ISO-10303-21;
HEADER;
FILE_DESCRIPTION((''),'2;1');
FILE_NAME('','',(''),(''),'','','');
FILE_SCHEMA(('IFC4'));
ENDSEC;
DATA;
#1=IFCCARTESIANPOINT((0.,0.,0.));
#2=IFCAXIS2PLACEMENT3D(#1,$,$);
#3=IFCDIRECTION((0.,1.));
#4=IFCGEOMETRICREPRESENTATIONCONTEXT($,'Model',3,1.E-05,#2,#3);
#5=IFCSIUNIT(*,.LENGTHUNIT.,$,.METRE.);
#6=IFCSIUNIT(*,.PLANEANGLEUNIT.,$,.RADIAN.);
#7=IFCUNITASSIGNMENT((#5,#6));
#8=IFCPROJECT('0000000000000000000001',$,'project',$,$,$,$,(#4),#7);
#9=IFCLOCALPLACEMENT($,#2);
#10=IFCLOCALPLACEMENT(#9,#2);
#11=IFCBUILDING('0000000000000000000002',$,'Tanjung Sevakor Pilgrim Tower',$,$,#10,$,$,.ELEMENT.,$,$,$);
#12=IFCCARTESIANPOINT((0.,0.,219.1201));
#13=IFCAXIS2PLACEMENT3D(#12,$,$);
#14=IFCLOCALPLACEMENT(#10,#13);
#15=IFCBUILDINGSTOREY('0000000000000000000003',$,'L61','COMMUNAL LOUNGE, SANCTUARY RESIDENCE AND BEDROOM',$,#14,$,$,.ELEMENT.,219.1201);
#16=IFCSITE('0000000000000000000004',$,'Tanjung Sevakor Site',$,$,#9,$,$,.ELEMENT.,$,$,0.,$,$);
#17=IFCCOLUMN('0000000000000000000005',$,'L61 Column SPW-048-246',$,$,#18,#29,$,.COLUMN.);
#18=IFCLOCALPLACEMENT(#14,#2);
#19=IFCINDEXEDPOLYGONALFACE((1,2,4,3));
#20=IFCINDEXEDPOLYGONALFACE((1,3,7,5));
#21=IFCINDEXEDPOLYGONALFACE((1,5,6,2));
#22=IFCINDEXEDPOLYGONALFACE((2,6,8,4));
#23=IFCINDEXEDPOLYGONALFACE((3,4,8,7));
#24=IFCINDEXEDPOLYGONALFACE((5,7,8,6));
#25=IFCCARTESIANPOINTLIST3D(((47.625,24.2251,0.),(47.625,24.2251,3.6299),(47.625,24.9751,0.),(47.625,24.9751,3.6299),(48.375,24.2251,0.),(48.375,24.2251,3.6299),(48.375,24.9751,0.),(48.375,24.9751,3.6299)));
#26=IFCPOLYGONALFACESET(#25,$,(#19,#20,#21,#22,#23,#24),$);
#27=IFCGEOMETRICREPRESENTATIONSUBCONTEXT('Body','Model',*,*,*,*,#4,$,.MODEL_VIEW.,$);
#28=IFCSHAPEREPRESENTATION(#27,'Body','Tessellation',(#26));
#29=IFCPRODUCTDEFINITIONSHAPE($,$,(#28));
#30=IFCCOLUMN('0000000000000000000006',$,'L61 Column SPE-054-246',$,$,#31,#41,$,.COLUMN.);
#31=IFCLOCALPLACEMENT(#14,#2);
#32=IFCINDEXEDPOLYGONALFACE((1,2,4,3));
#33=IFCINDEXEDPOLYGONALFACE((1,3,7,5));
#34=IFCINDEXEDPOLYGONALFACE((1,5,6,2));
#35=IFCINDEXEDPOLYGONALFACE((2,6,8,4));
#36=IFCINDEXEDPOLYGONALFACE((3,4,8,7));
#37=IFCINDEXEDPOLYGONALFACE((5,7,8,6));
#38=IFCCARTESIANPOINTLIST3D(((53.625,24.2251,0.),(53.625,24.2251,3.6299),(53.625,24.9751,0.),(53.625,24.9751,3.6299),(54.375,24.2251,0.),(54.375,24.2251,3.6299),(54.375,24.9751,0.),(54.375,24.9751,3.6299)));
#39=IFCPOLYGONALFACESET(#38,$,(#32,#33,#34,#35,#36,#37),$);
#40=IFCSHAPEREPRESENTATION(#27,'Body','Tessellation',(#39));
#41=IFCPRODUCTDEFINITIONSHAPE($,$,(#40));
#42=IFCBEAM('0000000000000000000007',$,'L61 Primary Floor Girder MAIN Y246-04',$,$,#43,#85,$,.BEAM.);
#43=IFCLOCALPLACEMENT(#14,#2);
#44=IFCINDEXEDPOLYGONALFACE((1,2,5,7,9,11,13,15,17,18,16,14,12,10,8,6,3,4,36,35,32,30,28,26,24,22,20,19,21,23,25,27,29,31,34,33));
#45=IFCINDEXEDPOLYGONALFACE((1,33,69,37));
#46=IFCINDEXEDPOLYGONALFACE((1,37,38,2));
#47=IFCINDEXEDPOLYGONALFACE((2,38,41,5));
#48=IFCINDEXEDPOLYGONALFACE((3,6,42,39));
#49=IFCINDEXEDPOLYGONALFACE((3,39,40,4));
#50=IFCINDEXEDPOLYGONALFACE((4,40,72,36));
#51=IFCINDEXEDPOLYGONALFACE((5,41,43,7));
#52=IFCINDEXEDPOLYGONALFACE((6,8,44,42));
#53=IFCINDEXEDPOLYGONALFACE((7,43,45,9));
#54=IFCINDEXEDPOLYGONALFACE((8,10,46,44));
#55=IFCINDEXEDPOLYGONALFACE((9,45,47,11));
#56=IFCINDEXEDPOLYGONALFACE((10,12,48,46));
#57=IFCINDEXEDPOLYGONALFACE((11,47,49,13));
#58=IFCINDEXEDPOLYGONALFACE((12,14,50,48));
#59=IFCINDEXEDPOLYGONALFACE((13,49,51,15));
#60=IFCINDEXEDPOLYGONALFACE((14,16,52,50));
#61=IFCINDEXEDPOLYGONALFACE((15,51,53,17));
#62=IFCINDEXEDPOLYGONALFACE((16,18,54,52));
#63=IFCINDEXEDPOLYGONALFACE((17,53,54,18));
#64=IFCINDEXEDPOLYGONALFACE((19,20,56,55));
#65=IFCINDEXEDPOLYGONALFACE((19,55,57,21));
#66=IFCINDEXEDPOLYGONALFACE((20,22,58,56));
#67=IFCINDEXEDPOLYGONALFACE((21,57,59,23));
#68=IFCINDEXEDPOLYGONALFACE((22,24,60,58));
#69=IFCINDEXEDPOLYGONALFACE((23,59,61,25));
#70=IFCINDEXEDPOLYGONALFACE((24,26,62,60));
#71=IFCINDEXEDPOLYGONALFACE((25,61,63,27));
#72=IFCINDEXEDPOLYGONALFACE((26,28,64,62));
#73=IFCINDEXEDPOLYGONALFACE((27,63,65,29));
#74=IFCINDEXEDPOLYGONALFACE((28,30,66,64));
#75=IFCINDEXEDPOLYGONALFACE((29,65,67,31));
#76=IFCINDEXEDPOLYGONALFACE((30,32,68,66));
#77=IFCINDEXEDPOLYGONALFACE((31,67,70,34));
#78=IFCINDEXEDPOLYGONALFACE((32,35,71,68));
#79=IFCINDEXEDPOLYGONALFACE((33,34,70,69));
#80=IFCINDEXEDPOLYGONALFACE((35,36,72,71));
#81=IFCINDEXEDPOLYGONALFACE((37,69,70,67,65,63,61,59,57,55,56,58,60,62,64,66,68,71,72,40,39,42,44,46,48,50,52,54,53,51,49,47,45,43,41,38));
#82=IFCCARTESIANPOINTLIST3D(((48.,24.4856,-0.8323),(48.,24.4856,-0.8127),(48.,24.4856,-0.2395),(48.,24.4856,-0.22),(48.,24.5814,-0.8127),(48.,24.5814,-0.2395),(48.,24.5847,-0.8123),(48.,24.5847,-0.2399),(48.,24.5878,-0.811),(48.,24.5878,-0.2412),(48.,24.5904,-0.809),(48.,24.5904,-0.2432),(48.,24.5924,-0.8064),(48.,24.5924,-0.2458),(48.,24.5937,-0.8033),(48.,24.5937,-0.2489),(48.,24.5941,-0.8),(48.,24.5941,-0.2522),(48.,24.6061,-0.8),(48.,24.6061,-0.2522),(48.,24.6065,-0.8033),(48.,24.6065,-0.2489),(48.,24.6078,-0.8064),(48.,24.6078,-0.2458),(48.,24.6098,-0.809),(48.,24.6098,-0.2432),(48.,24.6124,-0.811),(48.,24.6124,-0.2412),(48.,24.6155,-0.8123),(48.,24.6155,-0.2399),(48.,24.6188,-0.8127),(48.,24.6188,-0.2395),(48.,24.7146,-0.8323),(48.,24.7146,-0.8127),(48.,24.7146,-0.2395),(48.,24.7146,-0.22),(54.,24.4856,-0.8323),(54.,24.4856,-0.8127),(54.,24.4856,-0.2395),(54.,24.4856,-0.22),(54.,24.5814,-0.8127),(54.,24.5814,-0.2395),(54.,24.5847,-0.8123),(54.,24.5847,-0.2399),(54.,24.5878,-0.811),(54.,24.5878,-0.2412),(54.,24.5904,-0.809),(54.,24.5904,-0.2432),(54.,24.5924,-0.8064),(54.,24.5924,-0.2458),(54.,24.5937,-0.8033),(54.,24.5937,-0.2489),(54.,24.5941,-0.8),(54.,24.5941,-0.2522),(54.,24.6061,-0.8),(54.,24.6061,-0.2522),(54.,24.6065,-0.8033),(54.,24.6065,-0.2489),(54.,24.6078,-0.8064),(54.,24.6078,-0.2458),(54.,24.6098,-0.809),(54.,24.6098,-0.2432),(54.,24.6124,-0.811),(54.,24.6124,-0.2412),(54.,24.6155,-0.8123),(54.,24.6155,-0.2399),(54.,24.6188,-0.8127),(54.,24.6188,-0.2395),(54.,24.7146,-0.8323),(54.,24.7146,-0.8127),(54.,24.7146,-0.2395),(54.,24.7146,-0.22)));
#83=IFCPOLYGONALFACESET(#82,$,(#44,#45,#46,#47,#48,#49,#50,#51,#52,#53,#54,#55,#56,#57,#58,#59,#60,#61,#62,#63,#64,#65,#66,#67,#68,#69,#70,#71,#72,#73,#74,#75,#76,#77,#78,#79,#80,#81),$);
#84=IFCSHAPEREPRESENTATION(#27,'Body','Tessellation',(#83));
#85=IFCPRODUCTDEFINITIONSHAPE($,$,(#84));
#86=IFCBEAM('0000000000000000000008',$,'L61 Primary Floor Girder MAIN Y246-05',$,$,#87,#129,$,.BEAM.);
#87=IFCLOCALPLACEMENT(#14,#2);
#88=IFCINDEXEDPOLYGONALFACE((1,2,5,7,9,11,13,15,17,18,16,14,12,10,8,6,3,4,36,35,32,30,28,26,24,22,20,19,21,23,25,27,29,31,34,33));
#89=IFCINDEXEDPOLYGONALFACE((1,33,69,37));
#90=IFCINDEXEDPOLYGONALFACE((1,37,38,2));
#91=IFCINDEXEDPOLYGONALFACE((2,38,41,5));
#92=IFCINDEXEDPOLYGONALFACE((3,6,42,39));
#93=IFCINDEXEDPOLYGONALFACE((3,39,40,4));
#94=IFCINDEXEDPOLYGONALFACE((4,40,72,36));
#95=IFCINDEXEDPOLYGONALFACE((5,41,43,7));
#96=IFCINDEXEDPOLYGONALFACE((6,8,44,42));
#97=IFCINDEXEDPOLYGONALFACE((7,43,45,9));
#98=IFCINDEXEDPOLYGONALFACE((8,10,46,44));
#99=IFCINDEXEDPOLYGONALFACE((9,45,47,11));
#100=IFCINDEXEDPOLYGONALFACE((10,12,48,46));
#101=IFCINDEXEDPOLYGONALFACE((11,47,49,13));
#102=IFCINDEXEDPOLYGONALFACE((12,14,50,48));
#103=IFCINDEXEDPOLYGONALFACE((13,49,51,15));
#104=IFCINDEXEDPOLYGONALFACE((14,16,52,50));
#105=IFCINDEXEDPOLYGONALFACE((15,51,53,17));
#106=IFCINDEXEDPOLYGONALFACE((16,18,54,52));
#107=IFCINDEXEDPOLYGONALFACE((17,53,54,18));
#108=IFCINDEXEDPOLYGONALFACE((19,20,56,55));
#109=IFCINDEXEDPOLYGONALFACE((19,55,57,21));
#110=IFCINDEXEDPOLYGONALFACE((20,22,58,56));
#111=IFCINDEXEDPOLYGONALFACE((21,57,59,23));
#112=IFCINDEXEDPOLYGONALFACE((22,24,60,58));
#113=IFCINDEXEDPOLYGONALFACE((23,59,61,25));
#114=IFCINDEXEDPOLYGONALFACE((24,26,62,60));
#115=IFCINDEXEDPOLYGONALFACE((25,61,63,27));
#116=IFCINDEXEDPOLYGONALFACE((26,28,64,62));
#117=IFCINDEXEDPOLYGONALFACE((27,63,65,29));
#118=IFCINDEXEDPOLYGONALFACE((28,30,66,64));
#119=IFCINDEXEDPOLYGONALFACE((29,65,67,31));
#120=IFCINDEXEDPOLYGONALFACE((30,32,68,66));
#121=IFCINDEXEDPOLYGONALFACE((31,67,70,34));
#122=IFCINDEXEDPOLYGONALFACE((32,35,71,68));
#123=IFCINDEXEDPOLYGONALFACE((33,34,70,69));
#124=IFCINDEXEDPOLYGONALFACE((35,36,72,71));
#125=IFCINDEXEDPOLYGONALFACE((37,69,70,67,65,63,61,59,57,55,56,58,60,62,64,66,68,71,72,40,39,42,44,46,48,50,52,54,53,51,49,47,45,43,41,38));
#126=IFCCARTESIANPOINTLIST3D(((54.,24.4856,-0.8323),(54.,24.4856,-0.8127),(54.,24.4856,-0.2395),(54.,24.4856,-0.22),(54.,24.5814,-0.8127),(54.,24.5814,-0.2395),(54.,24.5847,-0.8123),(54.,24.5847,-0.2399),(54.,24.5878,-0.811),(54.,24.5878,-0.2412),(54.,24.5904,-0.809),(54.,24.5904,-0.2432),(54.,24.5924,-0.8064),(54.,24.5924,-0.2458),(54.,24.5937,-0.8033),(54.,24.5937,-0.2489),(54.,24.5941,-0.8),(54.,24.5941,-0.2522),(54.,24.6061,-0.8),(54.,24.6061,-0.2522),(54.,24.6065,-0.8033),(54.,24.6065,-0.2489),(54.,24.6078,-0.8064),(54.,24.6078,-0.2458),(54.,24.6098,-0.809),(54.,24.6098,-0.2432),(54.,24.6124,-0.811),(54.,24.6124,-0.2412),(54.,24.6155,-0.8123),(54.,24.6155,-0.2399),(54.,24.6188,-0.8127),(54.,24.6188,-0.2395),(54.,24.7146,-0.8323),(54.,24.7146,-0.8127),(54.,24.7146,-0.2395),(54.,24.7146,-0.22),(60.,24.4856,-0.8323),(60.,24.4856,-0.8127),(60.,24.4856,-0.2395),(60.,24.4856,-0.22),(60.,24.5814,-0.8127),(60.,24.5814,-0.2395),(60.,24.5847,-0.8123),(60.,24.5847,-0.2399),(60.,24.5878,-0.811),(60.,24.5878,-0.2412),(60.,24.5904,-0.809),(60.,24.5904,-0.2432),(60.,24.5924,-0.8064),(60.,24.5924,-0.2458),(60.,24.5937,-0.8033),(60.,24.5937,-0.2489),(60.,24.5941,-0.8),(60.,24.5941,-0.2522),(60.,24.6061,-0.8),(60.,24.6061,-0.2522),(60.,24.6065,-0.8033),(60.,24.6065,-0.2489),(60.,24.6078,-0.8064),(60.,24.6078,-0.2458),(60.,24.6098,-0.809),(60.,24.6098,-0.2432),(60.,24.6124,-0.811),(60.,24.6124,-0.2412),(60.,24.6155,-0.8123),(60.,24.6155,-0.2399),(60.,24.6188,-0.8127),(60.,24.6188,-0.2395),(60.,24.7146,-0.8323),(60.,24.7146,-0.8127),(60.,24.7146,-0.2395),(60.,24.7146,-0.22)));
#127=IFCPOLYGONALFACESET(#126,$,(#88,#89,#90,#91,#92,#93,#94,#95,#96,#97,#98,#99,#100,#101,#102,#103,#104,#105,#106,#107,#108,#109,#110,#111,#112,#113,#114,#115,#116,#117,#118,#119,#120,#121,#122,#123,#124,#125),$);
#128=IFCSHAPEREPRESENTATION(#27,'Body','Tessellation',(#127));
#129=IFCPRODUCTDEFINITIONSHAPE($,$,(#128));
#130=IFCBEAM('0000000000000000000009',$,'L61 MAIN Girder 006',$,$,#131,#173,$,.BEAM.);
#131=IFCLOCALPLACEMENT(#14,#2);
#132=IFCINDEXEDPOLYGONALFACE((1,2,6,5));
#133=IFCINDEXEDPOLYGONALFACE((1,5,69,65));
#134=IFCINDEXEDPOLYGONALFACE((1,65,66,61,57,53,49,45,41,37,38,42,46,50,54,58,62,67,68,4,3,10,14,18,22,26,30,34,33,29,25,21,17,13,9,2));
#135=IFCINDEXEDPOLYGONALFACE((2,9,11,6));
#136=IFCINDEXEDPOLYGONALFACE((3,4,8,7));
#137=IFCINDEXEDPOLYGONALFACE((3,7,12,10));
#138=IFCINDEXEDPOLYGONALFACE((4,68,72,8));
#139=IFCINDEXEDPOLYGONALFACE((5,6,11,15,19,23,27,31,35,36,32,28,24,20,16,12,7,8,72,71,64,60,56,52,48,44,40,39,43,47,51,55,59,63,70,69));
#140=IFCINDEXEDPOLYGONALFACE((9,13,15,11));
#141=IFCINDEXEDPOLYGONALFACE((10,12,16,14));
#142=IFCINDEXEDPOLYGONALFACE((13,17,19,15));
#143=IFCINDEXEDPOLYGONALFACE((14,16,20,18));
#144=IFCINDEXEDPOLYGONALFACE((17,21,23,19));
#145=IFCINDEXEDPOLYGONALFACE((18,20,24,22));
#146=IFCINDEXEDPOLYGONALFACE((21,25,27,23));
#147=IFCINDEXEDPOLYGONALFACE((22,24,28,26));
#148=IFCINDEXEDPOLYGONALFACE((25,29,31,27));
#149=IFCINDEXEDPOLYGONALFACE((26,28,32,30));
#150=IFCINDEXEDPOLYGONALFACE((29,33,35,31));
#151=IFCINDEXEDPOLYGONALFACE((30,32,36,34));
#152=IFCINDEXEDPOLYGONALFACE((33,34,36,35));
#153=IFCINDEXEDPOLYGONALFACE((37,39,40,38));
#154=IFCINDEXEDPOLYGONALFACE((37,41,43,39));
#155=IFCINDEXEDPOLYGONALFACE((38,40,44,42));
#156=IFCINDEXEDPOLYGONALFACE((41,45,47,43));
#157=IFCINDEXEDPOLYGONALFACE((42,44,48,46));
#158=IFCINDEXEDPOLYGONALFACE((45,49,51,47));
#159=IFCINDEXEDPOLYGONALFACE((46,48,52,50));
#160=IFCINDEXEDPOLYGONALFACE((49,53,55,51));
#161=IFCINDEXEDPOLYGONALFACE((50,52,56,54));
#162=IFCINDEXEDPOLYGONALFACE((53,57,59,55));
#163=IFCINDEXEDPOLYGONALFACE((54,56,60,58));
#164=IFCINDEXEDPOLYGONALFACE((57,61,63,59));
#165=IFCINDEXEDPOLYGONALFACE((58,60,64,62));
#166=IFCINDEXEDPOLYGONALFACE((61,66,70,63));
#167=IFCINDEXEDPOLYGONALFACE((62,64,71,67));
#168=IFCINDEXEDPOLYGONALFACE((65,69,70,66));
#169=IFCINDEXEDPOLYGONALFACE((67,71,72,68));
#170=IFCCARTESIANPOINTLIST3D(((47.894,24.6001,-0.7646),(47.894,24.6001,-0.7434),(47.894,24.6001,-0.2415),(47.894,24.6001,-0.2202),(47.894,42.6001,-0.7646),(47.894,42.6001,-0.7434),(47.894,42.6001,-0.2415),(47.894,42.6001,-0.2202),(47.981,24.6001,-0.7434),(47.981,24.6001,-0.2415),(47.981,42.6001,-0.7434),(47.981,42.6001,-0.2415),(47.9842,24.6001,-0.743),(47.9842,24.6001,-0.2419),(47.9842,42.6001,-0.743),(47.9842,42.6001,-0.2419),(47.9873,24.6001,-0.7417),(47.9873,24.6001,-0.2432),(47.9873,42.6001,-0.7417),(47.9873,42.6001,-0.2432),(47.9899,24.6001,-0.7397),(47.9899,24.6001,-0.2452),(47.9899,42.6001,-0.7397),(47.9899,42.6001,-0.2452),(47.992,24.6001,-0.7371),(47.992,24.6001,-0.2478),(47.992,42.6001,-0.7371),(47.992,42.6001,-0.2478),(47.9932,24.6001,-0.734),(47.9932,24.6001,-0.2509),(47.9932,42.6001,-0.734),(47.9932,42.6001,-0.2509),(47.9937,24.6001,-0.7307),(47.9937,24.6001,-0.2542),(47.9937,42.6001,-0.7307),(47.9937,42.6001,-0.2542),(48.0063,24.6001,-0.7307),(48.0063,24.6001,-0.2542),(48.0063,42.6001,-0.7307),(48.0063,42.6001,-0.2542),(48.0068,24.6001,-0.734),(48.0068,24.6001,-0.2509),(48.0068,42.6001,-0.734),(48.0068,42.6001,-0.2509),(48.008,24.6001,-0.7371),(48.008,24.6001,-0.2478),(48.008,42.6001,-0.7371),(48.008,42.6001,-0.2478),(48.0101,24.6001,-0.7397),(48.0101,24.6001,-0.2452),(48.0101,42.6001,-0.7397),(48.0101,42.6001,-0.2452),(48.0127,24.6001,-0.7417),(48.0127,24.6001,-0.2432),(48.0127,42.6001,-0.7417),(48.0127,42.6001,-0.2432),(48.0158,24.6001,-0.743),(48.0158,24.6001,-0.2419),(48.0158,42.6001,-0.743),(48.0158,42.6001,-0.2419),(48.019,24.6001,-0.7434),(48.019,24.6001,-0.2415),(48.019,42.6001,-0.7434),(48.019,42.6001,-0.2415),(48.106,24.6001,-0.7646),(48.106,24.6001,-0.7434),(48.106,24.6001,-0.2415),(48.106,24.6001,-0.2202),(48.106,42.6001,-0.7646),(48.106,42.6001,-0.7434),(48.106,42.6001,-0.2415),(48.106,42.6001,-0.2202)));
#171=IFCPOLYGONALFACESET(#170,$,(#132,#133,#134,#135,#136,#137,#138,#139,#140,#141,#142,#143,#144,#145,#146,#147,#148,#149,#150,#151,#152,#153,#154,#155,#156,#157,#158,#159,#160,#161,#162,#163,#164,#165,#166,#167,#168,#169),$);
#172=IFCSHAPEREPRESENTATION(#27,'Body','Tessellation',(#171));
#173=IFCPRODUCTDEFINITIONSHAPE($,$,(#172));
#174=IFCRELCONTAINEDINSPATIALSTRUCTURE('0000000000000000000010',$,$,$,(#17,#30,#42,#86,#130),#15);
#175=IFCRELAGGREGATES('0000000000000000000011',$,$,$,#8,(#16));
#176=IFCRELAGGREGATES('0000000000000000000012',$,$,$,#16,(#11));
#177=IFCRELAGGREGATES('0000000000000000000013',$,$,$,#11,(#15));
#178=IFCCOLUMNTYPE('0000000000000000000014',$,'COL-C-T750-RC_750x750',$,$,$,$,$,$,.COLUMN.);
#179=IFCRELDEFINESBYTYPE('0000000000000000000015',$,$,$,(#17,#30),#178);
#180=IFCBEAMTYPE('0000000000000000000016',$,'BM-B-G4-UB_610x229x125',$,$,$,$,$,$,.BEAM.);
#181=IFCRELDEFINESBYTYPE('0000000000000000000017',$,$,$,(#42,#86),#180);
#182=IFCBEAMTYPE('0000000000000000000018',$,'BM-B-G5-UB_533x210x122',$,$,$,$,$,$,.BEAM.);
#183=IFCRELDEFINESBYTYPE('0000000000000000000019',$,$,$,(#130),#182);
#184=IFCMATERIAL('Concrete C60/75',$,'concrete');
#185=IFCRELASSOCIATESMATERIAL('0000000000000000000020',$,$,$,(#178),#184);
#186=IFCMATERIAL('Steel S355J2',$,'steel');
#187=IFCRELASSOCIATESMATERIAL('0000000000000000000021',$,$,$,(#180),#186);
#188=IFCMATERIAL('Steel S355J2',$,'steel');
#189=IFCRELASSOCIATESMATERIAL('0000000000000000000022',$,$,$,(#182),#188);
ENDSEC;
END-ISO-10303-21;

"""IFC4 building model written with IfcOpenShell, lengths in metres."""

from ifc_helpers import new_model, si_unit, direction, frame, origin, origin_2d, place, context, subcontext, project, spatial, rectangle, i_section, extrude, material, material_profile, profile_set, type_object, element, save


model = new_model("IFC4")

# Units and contexts
model_context = context("Model", 3, precision=1e-05, world=origin(), true_north=direction((0.0, 1.0)))
body_context = subcontext(model_context, "Body", "Model", "MODEL_VIEW")
ifc_project = project(units=[si_unit("LENGTHUNIT", "METRE"), si_unit("PLANEANGLEUNIT", "RADIAN")], contexts=[model_context])

# Site, building, storey
site_placement = place(None, origin())
site = spatial("IfcSite", under=ifc_project, at=site_placement, Name="Tanjung Sevakor Site", CompositionType="ELEMENT", RefElevation=0.0)
building_placement = place(site_placement, origin())
building = spatial("IfcBuilding", under=site, at=building_placement, Name="Tanjung Sevakor Pilgrim Tower", CompositionType="ELEMENT")
storey_placement = place(building_placement, frame((0.0, 0.0, 219.1201)))
storey = spatial("IfcBuildingStorey", under=building, at=storey_placement, Name="L61", Description="COMMUNAL LOUNGE, SANCTUARY RESIDENCE AND BEDROOM", CompositionType="ELEMENT", Elevation=219.1201)

# Columns
ifc_material_1 = material(Name="Concrete C60/75", Category="concrete")
ifc_material_profile_1 = material_profile(ifc_material_1, rectangle(XDim=0.75, YDim=0.75, at=origin_2d()))
ifc_profile_set_1 = profile_set([ifc_material_profile_1], Name="Concrete C60/75")
column_type = type_object("IfcColumnType", Name="COL-C-T750-RC_750x750", PredefinedType="COLUMN", material=ifc_profile_set_1)
for number, where, z_axis, x_axis, name in (
    (1, (48.0, 24.6001, 0.0), (0.0, 0.0, 1.0), (1.0, 0.0, 0.0), "L61 Column SPW-048-246"),
    (2, (54.0, 24.6001, 0.0), (0.0, 0.0, 1.0), (1.0, 0.0, 0.0), "L61 Column SPE-054-246"),
):
    element("IfcColumn", number, at=place(storey_placement, frame(where, z_axis=z_axis, x_axis=x_axis)), inside=storey, type_object=column_type, Name=name, PredefinedType="COLUMN", context=body_context, shape_type="SweptSolid", body=[
        extrude(rectangle(XDim=0.75, YDim=0.75, at=origin_2d()), origin(), (0.0, 0.0, 1.0), 3.6299),
    ])

# Beams
ifc_material_2 = material(Name="Steel S355J2", Category="steel")
ifc_material_profile_2 = material_profile(ifc_material_2, i_section(OverallWidth=0.229, OverallDepth=0.6123, WebThickness=0.012, FlangeThickness=0.0195, FilletRadius=0.0127, at=origin_2d()))
ifc_profile_set_2 = profile_set([ifc_material_profile_2], Name="Steel S355J2")
beam_type_1 = type_object("IfcBeamType", Name="BM-B-G4-UB_610x229x125", PredefinedType="BEAM", material=ifc_profile_set_2)
for number, where, z_axis, x_axis, name in (
    (3, (48.0, 24.6001, -0.5261), (1.0, 0.0, 0.0), (0.0, 1.0, 0.0), "L61 Primary Floor Girder MAIN Y246-04"),
    (4, (54.0, 24.6001, -0.5261), (1.0, 0.0, 0.0), (0.0, 1.0, 0.0), "L61 Primary Floor Girder MAIN Y246-05"),
):
    element("IfcBeam", number, at=place(storey_placement, frame(where, z_axis=z_axis, x_axis=x_axis)), inside=storey, type_object=beam_type_1, Name=name, PredefinedType="BEAM", context=body_context, shape_type="SweptSolid", body=[
        extrude(i_section(OverallWidth=0.229, OverallDepth=0.6123, WebThickness=0.012, FlangeThickness=0.0195, FilletRadius=0.0127, at=origin_2d()), origin(), (0.0, 0.0, 1.0), 6.0),
    ])
ifc_material_3 = material(Name="Steel S355J2", Category="steel")
ifc_material_profile_3 = material_profile(ifc_material_3, i_section(OverallWidth=0.2119, OverallDepth=0.5444, WebThickness=0.0127, FlangeThickness=0.0212, FilletRadius=0.0127, at=origin_2d()))
ifc_profile_set_3 = profile_set([ifc_material_profile_3], Name="Steel S355J2")
beam_type_2 = type_object("IfcBeamType", Name="BM-B-G5-UB_533x210x122", PredefinedType="BEAM", material=ifc_profile_set_3)
for number, where, z_axis, x_axis, name in (
    (5, (48.0, 24.6001, -0.4924), (0.0, 1.0, 0.0), (-1.0, 0.0, 0.0), "L61 MAIN Girder 006"),
):
    element("IfcBeam", number, at=place(storey_placement, frame(where, z_axis=z_axis, x_axis=x_axis)), inside=storey, type_object=beam_type_2, Name=name, PredefinedType="BEAM", context=body_context, shape_type="SweptSolid", body=[
        extrude(i_section(OverallWidth=0.2119, OverallDepth=0.5444, WebThickness=0.0127, FlangeThickness=0.0212, FilletRadius=0.0127, at=origin_2d()), origin(), (0.0, 0.0, 1.0), 18.0),
    ])

save(model, "model.ifc")
